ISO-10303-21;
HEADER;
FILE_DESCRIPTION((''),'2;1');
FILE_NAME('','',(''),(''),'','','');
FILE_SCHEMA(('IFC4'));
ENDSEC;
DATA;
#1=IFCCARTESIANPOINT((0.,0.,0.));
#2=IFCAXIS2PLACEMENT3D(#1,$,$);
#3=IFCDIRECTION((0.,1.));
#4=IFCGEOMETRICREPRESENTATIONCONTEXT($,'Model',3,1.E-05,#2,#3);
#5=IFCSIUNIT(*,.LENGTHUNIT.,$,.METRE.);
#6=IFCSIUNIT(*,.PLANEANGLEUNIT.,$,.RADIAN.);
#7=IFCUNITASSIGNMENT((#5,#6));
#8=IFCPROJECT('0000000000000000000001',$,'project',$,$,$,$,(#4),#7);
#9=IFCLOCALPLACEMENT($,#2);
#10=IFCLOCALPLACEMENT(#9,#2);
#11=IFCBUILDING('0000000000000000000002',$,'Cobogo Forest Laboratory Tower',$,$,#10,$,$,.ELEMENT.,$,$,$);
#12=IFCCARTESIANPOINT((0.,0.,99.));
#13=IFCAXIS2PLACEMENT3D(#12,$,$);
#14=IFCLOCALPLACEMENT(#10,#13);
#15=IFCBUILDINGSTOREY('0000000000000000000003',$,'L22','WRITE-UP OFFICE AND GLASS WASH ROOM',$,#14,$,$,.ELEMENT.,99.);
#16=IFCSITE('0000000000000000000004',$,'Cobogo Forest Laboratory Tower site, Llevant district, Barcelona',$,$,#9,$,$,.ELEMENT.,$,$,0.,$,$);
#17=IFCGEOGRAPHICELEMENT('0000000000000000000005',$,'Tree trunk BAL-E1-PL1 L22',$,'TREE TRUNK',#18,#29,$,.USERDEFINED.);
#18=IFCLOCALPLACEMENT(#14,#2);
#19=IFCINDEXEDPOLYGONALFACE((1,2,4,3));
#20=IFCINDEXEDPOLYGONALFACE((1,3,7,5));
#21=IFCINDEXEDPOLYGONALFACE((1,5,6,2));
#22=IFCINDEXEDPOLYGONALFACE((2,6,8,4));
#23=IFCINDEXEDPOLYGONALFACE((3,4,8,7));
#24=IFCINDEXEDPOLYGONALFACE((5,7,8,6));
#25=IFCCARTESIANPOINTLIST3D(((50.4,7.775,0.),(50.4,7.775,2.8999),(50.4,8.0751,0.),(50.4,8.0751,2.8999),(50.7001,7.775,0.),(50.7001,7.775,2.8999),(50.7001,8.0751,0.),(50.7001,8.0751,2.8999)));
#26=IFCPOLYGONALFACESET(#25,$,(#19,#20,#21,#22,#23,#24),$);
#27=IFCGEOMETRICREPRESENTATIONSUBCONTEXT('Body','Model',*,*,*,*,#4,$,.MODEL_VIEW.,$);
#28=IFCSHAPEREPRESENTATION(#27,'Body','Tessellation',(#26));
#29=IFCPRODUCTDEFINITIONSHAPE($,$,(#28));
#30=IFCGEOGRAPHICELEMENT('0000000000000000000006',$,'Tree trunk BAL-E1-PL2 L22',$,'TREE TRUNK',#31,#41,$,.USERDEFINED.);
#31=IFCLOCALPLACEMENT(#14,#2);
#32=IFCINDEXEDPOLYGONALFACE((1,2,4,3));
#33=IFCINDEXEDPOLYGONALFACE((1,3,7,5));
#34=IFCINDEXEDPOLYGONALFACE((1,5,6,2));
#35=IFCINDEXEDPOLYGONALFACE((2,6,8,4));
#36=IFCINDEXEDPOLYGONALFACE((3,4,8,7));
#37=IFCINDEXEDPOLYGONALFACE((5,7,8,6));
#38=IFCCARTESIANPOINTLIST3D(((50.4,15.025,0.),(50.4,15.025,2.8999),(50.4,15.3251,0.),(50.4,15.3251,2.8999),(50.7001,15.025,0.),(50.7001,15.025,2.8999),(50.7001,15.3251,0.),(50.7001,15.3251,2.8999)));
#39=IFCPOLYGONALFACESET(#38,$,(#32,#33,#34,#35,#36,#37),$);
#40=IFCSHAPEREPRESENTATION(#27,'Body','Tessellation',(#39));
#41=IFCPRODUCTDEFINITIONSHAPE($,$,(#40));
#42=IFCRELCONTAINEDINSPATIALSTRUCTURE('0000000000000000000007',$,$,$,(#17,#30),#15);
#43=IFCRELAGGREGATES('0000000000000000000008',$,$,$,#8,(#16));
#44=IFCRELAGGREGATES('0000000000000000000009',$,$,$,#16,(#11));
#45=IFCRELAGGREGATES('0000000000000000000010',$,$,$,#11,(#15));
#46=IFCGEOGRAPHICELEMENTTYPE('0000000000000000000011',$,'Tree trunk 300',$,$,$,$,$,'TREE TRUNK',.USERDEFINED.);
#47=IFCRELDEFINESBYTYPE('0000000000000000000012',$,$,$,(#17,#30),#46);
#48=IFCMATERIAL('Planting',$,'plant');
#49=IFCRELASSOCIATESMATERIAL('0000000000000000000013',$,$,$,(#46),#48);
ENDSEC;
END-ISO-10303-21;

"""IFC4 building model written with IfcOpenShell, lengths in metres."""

from ifc_helpers import new_model, si_unit, direction, frame, origin, origin_2d, place, context, subcontext, project, spatial, rectangle, extrude, material, type_object, element, save


model = new_model("IFC4")

# Units and contexts
model_context = context("Model", 3, precision=1e-05, world=origin(), true_north=direction((0.0, 1.0)))
body_context = subcontext(model_context, "Body", "Model", "MODEL_VIEW")
ifc_project = project(units=[si_unit("LENGTHUNIT", "METRE"), si_unit("PLANEANGLEUNIT", "RADIAN")], contexts=[model_context])

# Site, building, storey
site_placement = place(None, origin())
site = spatial("IfcSite", under=ifc_project, at=site_placement, Name="Cobogo Forest Laboratory Tower site, Llevant district, Barcelona", CompositionType="ELEMENT", RefElevation=0.0)
building_placement = place(site_placement, origin())
building = spatial("IfcBuilding", under=site, at=building_placement, Name="Cobogo Forest Laboratory Tower", CompositionType="ELEMENT")
storey_placement = place(building_placement, frame((0.0, 0.0, 99.0)))
storey = spatial("IfcBuildingStorey", under=building, at=storey_placement, Name="L22", Description="WRITE-UP OFFICE AND GLASS WASH ROOM", CompositionType="ELEMENT", Elevation=99.0)

# Geographic elements
ifc_material_1 = material(Name="Planting", Category="plant")
geographic_element_type = type_object("IfcGeographicElementType", Name="Tree trunk 300", ElementType="TREE TRUNK", PredefinedType="USERDEFINED", material=ifc_material_1)
for number, where, z_axis, x_axis, name in (
    (1, (50.55, 7.925, 0.0), (0.0, 0.0, 1.0), (1.0, 0.0, 0.0), "Tree trunk BAL-E1-PL1 L22"),
    (2, (50.55, 15.175, 0.0), (0.0, 0.0, 1.0), (1.0, 0.0, 0.0), "Tree trunk BAL-E1-PL2 L22"),
):
    element("IfcGeographicElement", number, at=place(storey_placement, frame(where, z_axis=z_axis, x_axis=x_axis)), inside=storey, type_object=geographic_element_type, Name=name, ObjectType="TREE TRUNK", PredefinedType="USERDEFINED", context=body_context, shape_type="SweptSolid", body=[
        extrude(rectangle(XDim=0.3, YDim=0.3, at=origin_2d()), origin(), (0.0, 0.0, 1.0), 2.8999),
    ])

save(model, "model.ifc")
